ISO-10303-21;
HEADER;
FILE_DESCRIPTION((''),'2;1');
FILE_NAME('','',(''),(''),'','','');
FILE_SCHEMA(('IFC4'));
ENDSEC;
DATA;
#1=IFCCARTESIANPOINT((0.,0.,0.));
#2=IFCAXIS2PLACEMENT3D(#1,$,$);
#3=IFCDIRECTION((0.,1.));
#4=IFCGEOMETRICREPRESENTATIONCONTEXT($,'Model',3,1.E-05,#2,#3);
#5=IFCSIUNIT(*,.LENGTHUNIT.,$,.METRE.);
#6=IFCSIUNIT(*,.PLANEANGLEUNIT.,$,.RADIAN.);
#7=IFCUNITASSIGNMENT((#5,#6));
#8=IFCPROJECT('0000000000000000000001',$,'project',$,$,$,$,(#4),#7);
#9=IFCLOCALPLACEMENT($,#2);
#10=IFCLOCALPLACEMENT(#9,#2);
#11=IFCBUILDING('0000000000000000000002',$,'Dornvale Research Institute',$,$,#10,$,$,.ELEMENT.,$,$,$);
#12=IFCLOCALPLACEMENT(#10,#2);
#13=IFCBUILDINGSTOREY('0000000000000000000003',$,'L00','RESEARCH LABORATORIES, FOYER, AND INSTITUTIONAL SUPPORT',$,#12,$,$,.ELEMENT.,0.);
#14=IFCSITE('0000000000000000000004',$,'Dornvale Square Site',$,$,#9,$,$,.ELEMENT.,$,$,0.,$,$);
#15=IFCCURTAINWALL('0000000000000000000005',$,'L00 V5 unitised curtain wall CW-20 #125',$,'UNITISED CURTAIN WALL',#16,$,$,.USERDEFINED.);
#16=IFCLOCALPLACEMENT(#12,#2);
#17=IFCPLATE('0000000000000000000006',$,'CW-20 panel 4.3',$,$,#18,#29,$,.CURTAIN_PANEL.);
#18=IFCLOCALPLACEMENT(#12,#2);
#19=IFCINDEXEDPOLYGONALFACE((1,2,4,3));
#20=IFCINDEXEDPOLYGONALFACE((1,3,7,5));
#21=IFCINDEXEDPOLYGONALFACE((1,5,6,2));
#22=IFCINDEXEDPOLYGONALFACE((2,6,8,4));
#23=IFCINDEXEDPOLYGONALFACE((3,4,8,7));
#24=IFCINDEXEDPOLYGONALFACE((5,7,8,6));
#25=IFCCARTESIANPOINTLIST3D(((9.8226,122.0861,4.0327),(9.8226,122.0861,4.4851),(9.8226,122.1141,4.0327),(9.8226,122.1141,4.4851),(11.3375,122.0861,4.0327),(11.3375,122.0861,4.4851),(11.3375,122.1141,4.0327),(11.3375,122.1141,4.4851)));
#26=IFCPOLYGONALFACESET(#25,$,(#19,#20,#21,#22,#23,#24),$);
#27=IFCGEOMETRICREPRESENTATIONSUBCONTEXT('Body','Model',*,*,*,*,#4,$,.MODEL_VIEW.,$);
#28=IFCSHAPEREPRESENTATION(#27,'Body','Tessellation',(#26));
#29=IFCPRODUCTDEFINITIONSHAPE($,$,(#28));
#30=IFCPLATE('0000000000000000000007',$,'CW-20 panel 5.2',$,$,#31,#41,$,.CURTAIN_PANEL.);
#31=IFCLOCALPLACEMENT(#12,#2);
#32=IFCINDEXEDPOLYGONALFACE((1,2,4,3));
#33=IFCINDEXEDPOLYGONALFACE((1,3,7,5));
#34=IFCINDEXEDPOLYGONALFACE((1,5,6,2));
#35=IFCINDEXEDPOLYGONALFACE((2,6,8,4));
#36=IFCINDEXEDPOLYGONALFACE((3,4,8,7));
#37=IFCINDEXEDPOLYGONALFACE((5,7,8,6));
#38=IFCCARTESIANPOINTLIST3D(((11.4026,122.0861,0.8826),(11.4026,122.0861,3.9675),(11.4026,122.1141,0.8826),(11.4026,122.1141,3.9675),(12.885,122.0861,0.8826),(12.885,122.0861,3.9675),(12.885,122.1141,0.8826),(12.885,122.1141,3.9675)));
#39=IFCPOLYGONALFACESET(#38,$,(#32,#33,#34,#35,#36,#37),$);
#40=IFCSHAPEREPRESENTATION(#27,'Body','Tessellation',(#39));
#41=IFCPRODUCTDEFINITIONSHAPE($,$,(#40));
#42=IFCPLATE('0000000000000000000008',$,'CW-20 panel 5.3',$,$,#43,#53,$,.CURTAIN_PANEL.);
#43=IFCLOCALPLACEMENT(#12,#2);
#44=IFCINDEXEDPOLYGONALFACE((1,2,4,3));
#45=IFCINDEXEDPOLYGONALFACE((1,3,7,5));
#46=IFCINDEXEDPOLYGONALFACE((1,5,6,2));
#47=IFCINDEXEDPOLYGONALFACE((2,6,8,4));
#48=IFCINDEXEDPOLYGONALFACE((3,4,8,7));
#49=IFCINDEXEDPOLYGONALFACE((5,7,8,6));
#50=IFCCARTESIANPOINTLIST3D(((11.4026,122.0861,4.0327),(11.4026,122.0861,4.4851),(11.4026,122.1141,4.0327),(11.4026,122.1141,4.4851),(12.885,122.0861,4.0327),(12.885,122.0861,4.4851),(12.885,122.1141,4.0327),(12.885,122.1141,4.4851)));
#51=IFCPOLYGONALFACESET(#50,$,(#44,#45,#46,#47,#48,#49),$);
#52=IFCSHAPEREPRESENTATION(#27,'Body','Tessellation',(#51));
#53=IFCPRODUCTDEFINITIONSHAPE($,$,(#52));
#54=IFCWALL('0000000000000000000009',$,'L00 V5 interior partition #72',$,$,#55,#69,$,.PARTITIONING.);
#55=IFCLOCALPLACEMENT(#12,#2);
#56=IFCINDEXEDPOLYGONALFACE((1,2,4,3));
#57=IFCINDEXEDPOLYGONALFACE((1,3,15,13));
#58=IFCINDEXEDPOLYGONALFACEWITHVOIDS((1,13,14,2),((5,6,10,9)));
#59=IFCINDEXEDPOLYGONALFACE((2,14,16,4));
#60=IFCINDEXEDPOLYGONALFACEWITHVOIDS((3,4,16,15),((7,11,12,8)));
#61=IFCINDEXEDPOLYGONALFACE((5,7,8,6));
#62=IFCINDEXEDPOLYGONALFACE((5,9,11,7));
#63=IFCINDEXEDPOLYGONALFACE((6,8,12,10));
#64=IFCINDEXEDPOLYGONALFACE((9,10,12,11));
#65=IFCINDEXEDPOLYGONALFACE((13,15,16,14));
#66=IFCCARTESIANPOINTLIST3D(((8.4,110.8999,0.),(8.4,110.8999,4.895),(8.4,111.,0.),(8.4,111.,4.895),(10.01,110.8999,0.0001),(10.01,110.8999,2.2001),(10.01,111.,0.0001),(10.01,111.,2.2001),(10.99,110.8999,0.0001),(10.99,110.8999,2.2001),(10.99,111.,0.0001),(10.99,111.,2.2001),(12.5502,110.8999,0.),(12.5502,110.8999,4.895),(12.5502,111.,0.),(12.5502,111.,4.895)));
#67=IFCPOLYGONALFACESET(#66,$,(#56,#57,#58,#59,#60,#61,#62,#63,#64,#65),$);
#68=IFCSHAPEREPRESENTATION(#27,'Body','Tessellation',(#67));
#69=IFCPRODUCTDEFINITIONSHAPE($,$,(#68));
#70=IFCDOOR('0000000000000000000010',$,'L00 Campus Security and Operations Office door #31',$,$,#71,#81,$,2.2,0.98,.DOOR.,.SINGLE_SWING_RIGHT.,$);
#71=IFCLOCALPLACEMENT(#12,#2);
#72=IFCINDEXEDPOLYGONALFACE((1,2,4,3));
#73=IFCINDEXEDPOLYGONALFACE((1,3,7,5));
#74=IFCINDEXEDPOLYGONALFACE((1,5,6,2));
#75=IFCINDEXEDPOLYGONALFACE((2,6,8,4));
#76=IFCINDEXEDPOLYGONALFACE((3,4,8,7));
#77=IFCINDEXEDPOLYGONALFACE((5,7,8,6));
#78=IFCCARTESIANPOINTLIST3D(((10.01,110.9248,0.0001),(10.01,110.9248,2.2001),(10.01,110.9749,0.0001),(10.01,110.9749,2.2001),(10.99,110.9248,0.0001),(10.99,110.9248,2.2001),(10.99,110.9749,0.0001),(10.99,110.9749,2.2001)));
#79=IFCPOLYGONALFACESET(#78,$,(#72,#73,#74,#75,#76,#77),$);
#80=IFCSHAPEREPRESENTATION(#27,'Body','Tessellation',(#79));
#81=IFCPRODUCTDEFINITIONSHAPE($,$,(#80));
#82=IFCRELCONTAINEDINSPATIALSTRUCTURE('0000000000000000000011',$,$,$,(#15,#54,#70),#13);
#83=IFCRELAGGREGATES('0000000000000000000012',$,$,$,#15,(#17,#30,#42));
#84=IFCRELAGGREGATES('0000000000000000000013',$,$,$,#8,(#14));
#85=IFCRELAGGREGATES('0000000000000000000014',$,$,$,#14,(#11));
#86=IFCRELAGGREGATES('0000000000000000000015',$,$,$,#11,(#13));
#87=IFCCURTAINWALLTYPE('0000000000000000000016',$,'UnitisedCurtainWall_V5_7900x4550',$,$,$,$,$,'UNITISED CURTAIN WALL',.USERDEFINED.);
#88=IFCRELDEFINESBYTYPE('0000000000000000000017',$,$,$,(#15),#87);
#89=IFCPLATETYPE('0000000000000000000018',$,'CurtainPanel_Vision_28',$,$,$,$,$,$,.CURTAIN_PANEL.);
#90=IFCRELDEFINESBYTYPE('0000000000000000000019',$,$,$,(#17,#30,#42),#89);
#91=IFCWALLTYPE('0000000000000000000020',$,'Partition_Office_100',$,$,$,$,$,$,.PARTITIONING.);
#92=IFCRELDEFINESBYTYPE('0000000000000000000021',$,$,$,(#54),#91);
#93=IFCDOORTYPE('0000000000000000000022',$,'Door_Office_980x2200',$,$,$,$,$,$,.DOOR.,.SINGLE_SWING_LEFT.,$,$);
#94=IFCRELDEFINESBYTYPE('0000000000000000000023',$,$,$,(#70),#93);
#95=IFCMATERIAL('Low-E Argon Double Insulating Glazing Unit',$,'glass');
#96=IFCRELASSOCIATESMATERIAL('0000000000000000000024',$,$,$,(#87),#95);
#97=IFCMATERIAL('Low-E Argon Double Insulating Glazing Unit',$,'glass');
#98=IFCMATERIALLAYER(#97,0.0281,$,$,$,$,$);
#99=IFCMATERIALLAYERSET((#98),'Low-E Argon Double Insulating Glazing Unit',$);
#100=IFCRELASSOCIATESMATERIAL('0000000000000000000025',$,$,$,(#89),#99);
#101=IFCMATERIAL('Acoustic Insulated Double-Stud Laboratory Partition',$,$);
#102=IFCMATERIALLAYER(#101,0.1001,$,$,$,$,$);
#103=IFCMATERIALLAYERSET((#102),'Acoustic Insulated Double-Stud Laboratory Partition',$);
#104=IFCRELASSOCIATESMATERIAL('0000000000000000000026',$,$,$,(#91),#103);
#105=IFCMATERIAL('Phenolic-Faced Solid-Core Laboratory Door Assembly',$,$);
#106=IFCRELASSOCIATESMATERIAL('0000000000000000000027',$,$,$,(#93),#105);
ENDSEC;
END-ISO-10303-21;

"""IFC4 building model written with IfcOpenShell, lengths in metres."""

from ifc_helpers import new_model, si_unit, direction, frame, frame_2d, origin, origin_2d, place, context, subcontext, project, spatial, rectangle, extrude, material, layer, layer_set, type_object, element, fill, aggregate, save


model = new_model("IFC4")

# Units and contexts
model_context = context("Model", 3, precision=1e-05, world=origin(), true_north=direction((0.0, 1.0)))
body_context = subcontext(model_context, "Body", "Model", "MODEL_VIEW")
ifc_project = project(units=[si_unit("LENGTHUNIT", "METRE"), si_unit("PLANEANGLEUNIT", "RADIAN")], contexts=[model_context])

# Site, building, storey
site_placement = place(None, origin())
site = spatial("IfcSite", under=ifc_project, at=site_placement, Name="Dornvale Square Site", CompositionType="ELEMENT", RefElevation=0.0)
building_placement = place(site_placement, origin())
building = spatial("IfcBuilding", under=site, at=building_placement, Name="Dornvale Research Institute", CompositionType="ELEMENT")
storey_placement = place(building_placement, origin())
storey = spatial("IfcBuildingStorey", under=building, at=storey_placement, Name="L00", Description="RESEARCH LABORATORIES, FOYER, AND INSTITUTIONAL SUPPORT", CompositionType="ELEMENT", Elevation=0.0)

# Curtain wall, plates
ifc_material_1 = material(Name="Low-E Argon Double Insulating Glazing Unit", Category="glass")
curtain_wall_type = type_object("IfcCurtainWallType", Name="UnitisedCurtainWall_V5_7900x4550", ElementType="UNITISED CURTAIN WALL", PredefinedType="USERDEFINED", material=ifc_material_1)
curtain_wall_placement = place(storey_placement, origin())
curtain_wall = element("IfcCurtainWall", 1, at=curtain_wall_placement, inside=storey, type_object=curtain_wall_type, Name="L00 V5 unitised curtain wall CW-20 #125", ObjectType="UNITISED CURTAIN WALL", PredefinedType="USERDEFINED")
ifc_material_2 = material(Name="Low-E Argon Double Insulating Glazing Unit", Category="glass")
ifc_layer_1 = layer(ifc_material_2, 0.0281)
ifc_layer_set_1 = layer_set([ifc_layer_1], Name="Low-E Argon Double Insulating Glazing Unit")
plate_type_1 = type_object("IfcPlateType", Name="CurtainPanel_Vision_28", PredefinedType="CURTAIN_PANEL", material=ifc_layer_set_1)
plate_1_placement = place(storey_placement, frame((10.5801, 122.1001, 4.0327), z_axis=(0.0, 0.0, 1.0), x_axis=(1.0, 0.0, 0.0)))
plate_1 = element("IfcPlate", 2, at=plate_1_placement, type_object=plate_type_1, Name="CW-20 panel 4.3", PredefinedType="CURTAIN_PANEL", context=body_context, shape_type="SweptSolid", body=[
    extrude(rectangle(XDim=1.5149, YDim=0.0281, at=origin_2d()), origin(), (0.0, 0.0, 1.0), 0.4524),
])
plate_2_placement = place(storey_placement, frame((12.1438, 122.1001, 0.8826), z_axis=(0.0, 0.0, 1.0), x_axis=(1.0, 0.0, 0.0)))
plate_2 = element("IfcPlate", 3, at=plate_2_placement, type_object=plate_type_1, Name="CW-20 panel 5.2", PredefinedType="CURTAIN_PANEL", context=body_context, shape_type="SweptSolid", body=[
    extrude(rectangle(XDim=1.4824, YDim=0.0281, at=origin_2d()), origin(), (0.0, 0.0, 1.0), 3.085),
])
plate_3_placement = place(storey_placement, frame((12.1438, 122.1001, 4.0327), z_axis=(0.0, 0.0, 1.0), x_axis=(1.0, 0.0, 0.0)))
plate_3 = element("IfcPlate", 4, at=plate_3_placement, type_object=plate_type_1, Name="CW-20 panel 5.3", PredefinedType="CURTAIN_PANEL", context=body_context, shape_type="SweptSolid", body=[
    extrude(rectangle(XDim=1.4824, YDim=0.0281, at=origin_2d()), origin(), (0.0, 0.0, 1.0), 0.4524),
])
aggregate(curtain_wall, [plate_1, plate_2, plate_3])

# Wall, opening, door
ifc_material_3 = material(Name="Acoustic Insulated Double-Stud Laboratory Partition")
ifc_layer_2 = layer(ifc_material_3, 0.1001)
ifc_layer_set_2 = layer_set([ifc_layer_2], Name="Acoustic Insulated Double-Stud Laboratory Partition")
wall_type = type_object("IfcWallType", Name="Partition_Office_100", PredefinedType="PARTITIONING", material=ifc_layer_set_2)
wall_placement = place(storey_placement, frame((8.3999, 110.95, 0.0), z_axis=(0.0, 0.0, 1.0), x_axis=(1.0, 0.0, 0.0)))
wall = element("IfcWall", 5, at=wall_placement, inside=storey, type_object=wall_type, Name="L00 V5 interior partition #72", PredefinedType="PARTITIONING", context=body_context, shape_type="SweptSolid", body=[
    extrude(rectangle(XDim=4.1501, YDim=0.1001, at=frame_2d((2.0752, 0.0))), origin(), (0.0, 0.0, 1.0), 4.895),
])
opening_placement = place(wall_placement, frame((1.6101, 0.0, 0.0)))
opening = element("IfcOpeningElement", 6, at=opening_placement, cuts=wall, PredefinedType="OPENING", context=body_context, shape_type="SweptSolid", body=[
    extrude(rectangle(XDim=0.98, YDim=2.2, at=frame_2d((0.49, 1.1001))), frame((0.0, 0.0649, 0.0), z_axis=(0.0, -1.0, 0.0), x_axis=(1.0, 0.0, 0.0)), (0.0, 0.0, 1.0), 0.1301),
])
ifc_material_4 = material(Name="Phenolic-Faced Solid-Core Laboratory Door Assembly")
door_type = type_object("IfcDoorType", Name="Door_Office_980x2200", OperationType="SINGLE_SWING_LEFT", PredefinedType="DOOR", material=ifc_material_4)
door_placement = place(opening_placement, origin())
door = element("IfcDoor", 7, at=door_placement, inside=storey, type_object=door_type, Name="L00 Campus Security and Operations Office door #31", OperationType="SINGLE_SWING_RIGHT", OverallHeight=2.2, OverallWidth=0.98, PredefinedType="DOOR", context=body_context, shape_type="SweptSolid", body=[
    extrude(rectangle(XDim=0.98, YDim=2.2, at=frame_2d((0.49, 1.1001))), frame((0.0, 0.0249, 0.0), z_axis=(0.0, -1.0, 0.0), x_axis=(1.0, 0.0, 0.0)), (0.0, 0.0, 1.0), 0.05),
])
fill(opening, door)

save(model, "model.ifc")
